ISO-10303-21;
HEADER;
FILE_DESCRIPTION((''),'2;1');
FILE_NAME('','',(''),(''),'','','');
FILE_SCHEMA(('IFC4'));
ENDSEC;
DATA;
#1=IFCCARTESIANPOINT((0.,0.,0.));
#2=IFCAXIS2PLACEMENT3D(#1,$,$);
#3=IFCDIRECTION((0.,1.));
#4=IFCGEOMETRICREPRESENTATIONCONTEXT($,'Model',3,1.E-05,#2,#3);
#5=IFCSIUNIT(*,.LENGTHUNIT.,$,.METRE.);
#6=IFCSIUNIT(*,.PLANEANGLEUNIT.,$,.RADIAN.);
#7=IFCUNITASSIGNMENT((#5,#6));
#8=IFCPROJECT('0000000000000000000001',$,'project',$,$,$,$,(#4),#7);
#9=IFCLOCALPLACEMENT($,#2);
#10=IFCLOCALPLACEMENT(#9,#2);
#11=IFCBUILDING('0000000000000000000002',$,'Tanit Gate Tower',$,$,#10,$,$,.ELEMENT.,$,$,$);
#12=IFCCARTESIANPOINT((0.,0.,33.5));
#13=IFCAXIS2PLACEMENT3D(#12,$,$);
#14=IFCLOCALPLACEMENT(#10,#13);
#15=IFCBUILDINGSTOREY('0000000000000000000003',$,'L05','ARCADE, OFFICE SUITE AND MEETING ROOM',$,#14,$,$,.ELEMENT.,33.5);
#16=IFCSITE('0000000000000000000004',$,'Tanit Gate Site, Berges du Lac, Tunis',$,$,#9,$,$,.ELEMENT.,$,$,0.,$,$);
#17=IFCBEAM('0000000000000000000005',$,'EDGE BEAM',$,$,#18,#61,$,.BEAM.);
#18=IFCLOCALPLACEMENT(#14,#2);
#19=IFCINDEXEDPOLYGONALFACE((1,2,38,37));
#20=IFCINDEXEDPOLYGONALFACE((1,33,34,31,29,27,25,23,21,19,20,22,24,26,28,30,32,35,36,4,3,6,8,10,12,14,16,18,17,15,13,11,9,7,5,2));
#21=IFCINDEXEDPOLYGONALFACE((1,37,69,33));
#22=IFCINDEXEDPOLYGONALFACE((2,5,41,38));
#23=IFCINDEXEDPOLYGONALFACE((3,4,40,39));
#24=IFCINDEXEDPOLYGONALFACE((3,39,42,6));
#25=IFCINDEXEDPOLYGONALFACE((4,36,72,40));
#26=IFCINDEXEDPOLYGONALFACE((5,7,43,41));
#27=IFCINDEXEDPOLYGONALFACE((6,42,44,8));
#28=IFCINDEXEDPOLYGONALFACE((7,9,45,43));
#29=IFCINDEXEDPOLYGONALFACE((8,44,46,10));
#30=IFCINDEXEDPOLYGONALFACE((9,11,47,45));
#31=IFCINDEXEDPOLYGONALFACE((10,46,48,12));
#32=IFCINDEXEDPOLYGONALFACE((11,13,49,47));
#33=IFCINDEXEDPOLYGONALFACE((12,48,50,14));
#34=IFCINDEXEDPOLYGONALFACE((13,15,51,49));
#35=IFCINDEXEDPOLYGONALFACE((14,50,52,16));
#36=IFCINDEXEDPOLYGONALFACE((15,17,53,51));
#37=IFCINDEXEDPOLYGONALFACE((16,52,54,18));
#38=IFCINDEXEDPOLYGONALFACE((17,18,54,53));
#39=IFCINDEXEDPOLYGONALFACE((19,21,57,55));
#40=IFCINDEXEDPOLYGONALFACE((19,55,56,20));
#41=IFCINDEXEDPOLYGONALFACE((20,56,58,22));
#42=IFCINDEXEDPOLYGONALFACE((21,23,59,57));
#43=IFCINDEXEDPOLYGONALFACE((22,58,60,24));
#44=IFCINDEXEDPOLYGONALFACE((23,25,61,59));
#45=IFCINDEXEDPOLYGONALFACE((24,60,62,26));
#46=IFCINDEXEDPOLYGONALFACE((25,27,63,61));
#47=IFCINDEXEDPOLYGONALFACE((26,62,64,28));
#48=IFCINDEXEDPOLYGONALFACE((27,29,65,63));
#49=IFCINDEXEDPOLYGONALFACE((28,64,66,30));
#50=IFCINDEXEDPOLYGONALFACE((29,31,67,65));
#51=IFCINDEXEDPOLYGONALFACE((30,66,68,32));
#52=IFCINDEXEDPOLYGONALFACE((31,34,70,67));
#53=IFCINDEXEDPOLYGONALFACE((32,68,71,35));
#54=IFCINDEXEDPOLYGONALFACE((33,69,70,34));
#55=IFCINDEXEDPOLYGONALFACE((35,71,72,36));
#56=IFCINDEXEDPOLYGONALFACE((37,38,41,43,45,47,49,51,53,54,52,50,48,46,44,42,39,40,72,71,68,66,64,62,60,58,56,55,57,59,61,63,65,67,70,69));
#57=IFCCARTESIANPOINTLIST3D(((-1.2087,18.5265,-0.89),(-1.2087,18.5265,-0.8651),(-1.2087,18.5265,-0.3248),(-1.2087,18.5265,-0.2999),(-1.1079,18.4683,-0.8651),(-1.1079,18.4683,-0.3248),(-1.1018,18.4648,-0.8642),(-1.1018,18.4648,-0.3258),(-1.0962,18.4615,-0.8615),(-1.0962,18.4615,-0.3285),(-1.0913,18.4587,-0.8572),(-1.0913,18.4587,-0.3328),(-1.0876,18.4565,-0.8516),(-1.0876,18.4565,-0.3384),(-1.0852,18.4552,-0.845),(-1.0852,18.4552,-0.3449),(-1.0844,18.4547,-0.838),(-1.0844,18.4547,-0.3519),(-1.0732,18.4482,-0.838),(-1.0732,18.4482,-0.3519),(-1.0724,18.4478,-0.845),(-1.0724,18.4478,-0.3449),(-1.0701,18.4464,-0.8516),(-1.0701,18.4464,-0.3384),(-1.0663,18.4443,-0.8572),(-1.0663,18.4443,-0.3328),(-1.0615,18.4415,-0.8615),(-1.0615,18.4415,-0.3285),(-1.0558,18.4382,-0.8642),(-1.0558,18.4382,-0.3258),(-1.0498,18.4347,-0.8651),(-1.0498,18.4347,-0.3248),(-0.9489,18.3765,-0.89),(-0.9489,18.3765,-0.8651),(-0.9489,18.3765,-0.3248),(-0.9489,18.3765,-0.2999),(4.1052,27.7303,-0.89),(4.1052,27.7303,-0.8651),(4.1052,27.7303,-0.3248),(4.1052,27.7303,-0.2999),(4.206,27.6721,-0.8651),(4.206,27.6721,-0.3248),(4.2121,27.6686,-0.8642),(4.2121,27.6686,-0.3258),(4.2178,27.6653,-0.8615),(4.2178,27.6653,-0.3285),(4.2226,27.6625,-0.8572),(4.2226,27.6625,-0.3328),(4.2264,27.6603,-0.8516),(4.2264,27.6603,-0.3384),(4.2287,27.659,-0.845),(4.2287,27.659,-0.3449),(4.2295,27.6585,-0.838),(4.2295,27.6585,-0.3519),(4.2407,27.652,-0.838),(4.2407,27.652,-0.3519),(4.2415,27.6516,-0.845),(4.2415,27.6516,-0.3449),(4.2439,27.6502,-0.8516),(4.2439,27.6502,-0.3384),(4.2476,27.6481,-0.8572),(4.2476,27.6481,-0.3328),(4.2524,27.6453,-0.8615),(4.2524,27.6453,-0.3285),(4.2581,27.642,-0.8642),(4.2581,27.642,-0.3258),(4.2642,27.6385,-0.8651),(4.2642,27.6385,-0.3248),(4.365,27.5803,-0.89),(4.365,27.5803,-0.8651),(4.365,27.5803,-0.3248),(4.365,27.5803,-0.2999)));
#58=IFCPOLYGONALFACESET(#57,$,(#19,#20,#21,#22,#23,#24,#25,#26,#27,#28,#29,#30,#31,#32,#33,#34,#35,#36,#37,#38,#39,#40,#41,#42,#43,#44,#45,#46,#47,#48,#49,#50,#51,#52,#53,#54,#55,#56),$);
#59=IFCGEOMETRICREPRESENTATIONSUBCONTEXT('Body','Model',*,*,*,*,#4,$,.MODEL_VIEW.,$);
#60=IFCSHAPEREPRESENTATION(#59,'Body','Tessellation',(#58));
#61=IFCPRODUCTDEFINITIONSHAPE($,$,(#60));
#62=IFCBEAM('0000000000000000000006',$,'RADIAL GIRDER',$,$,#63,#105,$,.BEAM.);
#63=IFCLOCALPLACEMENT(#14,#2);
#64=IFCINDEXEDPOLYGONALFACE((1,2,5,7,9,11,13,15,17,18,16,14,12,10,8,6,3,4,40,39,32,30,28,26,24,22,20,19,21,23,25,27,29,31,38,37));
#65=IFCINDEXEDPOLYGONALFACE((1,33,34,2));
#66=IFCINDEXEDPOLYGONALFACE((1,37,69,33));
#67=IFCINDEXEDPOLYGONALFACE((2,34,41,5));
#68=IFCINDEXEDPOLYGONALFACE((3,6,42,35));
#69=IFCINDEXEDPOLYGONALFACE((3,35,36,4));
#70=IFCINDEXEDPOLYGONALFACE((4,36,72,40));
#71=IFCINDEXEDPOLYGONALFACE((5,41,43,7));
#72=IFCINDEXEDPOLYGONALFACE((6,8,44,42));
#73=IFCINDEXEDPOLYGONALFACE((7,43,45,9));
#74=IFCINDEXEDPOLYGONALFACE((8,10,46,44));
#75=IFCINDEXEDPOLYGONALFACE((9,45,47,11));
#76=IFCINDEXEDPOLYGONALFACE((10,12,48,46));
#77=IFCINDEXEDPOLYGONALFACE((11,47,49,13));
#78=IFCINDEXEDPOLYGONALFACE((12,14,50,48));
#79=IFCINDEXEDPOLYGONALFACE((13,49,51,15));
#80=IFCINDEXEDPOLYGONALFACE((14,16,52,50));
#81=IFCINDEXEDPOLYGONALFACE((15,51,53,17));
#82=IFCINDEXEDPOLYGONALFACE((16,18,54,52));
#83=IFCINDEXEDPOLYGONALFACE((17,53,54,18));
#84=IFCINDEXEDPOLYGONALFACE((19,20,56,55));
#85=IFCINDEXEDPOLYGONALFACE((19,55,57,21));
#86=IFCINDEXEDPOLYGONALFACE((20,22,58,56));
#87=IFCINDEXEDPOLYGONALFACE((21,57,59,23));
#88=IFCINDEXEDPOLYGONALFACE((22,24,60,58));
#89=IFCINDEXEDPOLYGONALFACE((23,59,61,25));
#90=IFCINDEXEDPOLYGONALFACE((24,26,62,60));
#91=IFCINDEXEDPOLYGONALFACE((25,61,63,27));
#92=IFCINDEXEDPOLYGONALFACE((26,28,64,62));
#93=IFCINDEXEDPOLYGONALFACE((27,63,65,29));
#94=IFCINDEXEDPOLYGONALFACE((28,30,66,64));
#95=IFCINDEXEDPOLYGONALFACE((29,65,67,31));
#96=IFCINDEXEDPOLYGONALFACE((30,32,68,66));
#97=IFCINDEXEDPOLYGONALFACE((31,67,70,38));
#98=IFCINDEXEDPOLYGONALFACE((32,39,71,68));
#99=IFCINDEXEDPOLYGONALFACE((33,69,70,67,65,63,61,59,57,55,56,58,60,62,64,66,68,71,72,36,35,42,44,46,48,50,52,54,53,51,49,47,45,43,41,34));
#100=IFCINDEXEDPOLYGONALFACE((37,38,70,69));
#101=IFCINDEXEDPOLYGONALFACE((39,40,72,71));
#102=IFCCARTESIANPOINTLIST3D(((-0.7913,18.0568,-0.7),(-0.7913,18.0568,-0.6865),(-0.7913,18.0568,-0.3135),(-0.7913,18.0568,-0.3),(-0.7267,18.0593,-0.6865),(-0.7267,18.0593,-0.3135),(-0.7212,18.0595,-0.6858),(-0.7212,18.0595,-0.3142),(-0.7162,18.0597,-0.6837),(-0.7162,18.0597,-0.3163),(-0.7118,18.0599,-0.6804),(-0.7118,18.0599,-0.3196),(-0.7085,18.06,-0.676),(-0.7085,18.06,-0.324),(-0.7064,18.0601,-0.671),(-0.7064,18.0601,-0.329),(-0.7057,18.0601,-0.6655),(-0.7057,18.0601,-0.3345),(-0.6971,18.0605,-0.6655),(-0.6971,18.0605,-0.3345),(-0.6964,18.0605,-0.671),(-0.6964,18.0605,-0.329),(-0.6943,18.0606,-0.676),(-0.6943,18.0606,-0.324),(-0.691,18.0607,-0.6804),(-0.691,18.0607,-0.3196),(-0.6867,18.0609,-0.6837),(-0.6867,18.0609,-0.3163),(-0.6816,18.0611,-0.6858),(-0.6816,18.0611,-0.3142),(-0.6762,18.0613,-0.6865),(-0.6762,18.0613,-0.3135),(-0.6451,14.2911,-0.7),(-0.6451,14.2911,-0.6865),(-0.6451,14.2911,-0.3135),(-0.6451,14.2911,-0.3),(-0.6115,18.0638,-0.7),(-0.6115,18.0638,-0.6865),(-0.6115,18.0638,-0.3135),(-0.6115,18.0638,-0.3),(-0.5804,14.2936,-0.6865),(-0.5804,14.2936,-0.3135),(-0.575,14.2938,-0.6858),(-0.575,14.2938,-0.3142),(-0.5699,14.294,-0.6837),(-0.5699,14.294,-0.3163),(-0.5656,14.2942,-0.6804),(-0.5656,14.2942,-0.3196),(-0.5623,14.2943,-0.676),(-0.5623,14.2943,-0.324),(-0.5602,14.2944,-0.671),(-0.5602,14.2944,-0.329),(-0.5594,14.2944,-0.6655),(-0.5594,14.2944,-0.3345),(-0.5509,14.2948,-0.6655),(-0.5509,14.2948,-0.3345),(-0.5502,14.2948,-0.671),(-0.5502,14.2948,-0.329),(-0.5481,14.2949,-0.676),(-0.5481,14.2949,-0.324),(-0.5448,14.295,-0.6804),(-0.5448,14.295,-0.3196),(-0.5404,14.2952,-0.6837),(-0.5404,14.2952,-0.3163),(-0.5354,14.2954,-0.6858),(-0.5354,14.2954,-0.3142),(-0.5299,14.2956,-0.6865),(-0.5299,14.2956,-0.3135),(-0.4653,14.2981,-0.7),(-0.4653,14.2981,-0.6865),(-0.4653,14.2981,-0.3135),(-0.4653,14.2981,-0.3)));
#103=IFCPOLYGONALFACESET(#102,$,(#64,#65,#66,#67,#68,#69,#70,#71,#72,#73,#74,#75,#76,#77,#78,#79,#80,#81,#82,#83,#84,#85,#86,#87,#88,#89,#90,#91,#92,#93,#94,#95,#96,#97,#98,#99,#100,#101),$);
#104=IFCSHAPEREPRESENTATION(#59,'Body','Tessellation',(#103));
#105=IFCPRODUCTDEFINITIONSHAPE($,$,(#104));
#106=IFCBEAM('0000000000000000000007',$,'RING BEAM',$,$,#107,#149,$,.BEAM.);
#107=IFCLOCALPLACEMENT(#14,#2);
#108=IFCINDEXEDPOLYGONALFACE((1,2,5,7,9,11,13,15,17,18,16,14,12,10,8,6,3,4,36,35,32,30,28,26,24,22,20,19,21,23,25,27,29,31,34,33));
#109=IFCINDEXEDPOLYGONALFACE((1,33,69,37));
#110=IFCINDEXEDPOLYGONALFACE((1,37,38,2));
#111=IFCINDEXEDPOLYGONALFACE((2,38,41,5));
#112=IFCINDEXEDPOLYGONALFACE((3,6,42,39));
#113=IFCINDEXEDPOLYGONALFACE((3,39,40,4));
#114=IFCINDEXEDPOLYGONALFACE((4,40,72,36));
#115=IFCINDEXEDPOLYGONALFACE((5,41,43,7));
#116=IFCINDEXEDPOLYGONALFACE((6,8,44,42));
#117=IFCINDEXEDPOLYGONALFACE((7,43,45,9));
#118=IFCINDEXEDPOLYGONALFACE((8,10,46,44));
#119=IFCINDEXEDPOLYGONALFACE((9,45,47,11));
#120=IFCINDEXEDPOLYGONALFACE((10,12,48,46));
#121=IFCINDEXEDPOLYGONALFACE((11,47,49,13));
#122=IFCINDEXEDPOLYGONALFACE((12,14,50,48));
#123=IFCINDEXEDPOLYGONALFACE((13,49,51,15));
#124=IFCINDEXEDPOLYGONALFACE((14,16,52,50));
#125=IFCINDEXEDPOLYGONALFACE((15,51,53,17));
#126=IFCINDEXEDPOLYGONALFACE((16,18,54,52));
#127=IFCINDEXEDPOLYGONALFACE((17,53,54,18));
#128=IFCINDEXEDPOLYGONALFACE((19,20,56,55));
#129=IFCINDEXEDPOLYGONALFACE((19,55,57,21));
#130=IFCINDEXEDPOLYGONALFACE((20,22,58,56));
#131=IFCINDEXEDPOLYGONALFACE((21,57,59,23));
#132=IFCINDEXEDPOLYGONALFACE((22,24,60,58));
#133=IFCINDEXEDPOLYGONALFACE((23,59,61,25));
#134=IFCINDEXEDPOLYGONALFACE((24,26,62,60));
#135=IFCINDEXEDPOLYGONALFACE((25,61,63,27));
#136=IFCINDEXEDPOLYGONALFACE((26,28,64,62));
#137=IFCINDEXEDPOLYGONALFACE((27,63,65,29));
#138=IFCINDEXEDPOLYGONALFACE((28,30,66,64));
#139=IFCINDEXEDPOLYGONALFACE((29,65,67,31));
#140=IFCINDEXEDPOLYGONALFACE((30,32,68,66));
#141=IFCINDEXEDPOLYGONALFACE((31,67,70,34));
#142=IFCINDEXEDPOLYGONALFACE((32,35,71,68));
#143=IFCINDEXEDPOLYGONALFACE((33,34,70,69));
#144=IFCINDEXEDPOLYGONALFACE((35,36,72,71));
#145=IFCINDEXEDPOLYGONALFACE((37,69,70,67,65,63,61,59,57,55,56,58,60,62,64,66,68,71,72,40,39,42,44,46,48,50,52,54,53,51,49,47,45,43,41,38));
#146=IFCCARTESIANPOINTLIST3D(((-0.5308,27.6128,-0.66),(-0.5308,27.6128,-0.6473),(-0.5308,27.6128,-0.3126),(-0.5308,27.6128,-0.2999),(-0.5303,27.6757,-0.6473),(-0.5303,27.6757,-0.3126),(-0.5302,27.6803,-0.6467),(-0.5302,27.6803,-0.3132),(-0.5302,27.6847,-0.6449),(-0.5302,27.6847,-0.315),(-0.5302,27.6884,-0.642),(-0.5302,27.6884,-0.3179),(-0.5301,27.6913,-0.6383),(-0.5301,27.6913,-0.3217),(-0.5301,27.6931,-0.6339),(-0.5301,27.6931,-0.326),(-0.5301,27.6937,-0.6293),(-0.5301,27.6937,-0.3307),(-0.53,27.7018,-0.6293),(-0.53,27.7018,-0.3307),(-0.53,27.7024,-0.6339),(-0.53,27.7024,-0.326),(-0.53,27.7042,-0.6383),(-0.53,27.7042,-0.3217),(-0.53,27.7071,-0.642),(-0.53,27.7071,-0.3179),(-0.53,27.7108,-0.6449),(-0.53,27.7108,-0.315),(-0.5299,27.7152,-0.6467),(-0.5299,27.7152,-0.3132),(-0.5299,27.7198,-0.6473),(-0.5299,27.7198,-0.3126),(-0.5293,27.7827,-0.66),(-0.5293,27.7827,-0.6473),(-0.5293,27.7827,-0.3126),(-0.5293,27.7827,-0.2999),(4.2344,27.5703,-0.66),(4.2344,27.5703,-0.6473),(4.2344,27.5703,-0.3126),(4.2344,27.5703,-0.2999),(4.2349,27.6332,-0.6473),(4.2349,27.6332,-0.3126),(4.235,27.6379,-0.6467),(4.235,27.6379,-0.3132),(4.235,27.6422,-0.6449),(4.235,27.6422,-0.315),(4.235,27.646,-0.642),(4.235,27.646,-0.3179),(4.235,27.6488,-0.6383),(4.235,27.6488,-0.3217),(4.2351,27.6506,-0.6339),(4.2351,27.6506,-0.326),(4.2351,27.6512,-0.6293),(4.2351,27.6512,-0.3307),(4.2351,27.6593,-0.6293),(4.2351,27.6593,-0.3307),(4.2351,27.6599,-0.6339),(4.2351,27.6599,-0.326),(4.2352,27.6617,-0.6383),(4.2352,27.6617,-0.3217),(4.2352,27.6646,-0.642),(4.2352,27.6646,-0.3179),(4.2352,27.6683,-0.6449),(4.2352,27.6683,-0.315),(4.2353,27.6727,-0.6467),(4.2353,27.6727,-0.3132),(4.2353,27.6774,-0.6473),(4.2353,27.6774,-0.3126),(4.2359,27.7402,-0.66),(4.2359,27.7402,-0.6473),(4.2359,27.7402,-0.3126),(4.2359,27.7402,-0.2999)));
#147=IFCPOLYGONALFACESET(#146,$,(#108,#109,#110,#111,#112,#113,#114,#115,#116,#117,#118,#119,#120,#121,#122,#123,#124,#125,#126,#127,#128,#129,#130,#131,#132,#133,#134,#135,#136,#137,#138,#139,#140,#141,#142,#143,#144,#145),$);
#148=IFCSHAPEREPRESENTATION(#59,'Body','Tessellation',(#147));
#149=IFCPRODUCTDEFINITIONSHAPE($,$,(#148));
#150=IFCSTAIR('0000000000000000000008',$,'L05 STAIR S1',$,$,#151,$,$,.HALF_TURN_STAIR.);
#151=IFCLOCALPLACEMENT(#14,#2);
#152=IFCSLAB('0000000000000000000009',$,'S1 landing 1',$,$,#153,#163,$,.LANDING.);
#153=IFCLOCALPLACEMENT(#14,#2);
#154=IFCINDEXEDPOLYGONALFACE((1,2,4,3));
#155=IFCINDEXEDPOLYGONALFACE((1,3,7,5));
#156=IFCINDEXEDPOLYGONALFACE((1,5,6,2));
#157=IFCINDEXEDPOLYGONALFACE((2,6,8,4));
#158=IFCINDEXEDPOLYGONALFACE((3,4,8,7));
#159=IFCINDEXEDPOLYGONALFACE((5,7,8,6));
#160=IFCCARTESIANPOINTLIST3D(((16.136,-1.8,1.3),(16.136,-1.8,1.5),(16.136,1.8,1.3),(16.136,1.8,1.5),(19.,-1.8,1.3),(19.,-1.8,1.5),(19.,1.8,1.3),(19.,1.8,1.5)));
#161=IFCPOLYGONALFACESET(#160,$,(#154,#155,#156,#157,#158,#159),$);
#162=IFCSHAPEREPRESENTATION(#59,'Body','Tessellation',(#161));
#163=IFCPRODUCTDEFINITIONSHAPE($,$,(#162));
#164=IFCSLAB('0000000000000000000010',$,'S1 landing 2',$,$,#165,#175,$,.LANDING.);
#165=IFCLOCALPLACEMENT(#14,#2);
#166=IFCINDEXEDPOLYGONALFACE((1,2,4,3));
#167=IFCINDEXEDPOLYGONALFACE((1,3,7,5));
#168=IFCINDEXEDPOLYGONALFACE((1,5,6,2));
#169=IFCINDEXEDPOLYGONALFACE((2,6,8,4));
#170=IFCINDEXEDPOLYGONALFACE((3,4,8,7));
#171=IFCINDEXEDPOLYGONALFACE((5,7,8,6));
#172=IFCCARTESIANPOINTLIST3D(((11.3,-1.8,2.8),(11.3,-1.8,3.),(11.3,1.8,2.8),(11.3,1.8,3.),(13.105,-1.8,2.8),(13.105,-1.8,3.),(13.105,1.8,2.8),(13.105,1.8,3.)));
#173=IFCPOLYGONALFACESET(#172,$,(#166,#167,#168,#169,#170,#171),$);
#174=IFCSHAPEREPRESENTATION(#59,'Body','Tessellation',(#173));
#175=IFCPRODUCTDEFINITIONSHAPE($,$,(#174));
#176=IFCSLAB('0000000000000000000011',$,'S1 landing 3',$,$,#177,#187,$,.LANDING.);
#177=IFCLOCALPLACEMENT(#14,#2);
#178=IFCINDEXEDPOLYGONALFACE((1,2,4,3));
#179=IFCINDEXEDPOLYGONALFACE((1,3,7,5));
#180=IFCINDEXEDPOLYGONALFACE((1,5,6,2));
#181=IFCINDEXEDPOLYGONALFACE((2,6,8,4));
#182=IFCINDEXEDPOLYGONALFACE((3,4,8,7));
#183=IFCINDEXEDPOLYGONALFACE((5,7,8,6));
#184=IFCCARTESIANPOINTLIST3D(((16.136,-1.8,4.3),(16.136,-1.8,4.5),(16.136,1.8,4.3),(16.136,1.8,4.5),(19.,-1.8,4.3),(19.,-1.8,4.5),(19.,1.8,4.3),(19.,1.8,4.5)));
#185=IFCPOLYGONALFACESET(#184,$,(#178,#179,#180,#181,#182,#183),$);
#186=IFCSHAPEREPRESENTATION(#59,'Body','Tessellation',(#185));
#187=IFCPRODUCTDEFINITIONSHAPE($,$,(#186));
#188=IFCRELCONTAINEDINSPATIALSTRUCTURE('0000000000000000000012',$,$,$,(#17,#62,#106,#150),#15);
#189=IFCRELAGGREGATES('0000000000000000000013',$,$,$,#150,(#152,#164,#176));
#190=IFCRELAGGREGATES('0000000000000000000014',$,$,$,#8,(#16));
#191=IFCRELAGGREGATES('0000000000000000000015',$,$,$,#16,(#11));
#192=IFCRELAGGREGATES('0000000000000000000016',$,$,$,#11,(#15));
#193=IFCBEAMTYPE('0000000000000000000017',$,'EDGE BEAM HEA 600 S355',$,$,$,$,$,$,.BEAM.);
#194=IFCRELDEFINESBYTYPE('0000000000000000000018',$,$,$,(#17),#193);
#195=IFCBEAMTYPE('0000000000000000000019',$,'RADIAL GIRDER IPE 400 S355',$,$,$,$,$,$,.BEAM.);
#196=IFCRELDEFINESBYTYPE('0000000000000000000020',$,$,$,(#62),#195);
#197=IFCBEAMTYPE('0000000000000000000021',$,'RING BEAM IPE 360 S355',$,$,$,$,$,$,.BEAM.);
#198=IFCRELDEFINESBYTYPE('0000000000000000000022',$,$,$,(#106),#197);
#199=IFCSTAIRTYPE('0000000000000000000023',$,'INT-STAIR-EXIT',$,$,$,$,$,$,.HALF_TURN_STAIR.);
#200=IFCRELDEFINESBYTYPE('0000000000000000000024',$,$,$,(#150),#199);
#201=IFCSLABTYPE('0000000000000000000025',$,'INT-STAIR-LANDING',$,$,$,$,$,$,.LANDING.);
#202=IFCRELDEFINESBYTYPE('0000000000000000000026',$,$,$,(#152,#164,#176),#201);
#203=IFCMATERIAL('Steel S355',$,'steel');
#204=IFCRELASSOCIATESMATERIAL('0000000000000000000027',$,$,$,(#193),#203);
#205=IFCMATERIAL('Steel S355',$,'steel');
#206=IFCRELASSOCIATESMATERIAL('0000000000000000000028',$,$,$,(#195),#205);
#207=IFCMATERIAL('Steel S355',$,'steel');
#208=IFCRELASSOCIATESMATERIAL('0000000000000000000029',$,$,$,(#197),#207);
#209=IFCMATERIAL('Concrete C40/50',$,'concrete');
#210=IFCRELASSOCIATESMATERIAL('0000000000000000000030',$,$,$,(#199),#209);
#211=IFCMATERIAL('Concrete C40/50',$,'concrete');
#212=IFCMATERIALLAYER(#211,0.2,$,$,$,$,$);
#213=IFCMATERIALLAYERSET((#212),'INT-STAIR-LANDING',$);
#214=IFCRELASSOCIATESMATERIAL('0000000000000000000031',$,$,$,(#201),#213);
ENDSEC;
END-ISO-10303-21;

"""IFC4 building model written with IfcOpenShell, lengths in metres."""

from ifc_helpers import new_model, si_unit, direction, frame, origin, origin_2d, place, context, subcontext, project, spatial, polyline, i_section, outline, extrude, material, layer, layer_set, material_profile, profile_set, type_object, element, aggregate, save


model = new_model("IFC4")

# Units and contexts
model_context = context("Model", 3, precision=1e-05, world=origin(), true_north=direction((0.0, 1.0)))
body_context = subcontext(model_context, "Body", "Model", "MODEL_VIEW")
ifc_project = project(units=[si_unit("LENGTHUNIT", "METRE"), si_unit("PLANEANGLEUNIT", "RADIAN")], contexts=[model_context])

# Site, building, storey
site_placement = place(None, origin())
site = spatial("IfcSite", under=ifc_project, at=site_placement, Name="Tanit Gate Site, Berges du Lac, Tunis", CompositionType="ELEMENT", RefElevation=0.0)
building_placement = place(site_placement, origin())
building = spatial("IfcBuilding", under=site, at=building_placement, Name="Tanit Gate Tower", CompositionType="ELEMENT")
storey_placement = place(building_placement, frame((0.0, 0.0, 33.5)))
storey = spatial("IfcBuildingStorey", under=building, at=storey_placement, Name="L05", Description="ARCADE, OFFICE SUITE AND MEETING ROOM", CompositionType="ELEMENT", Elevation=33.5)

# Beams
ifc_material_1 = material(Name="Steel S355", Category="steel")
ifc_material_profile_1 = material_profile(ifc_material_1, i_section(OverallWidth=0.3, OverallDepth=0.5901, WebThickness=0.0129, FlangeThickness=0.0249, FilletRadius=0.0271, at=origin_2d()), Name="HEA 600")
ifc_profile_set_1 = profile_set([ifc_material_profile_1], Name="Steel S355")
beam_type_1 = type_object("IfcBeamType", Name="EDGE BEAM HEA 600 S355", PredefinedType="BEAM", material=ifc_profile_set_1)
beam_1_placement = place(storey_placement, frame((4.2351, 27.6553, -0.595), z_axis=(-0.500008, -0.866021, 0.0), x_axis=(0.866021, -0.500008, 0.0)))
element("IfcBeam", 1, at=beam_1_placement, inside=storey, type_object=beam_type_1, Name="EDGE BEAM", PredefinedType="BEAM", context=body_context, shape_type="SweptSolid", body=[
    extrude(i_section(OverallWidth=0.3, OverallDepth=0.5901, WebThickness=0.0129, FlangeThickness=0.0249, FilletRadius=0.0271, at=origin_2d()), origin(), (0.0, 0.0, 1.0), 10.6277),
])
ifc_material_2 = material(Name="Steel S355", Category="steel")
ifc_material_profile_2 = material_profile(ifc_material_2, i_section(OverallWidth=0.1799, OverallDepth=0.3999, WebThickness=0.0085, FlangeThickness=0.0134, FilletRadius=0.021, at=origin_2d()), Name="IPE 400")
ifc_profile_set_2 = profile_set([ifc_material_profile_2], Name="Steel S355")
beam_type_2 = type_object("IfcBeamType", Name="RADIAL GIRDER IPE 400 S355", PredefinedType="BEAM", material=ifc_profile_set_2)
beam_2_placement = place(storey_placement, frame((-0.7014, 18.0603, -0.5), z_axis=(0.038806, -0.999247, 0.0), x_axis=(0.999247, 0.038806, 0.0)))
element("IfcBeam", 2, at=beam_2_placement, inside=storey, type_object=beam_type_2, Name="RADIAL GIRDER", PredefinedType="BEAM", context=body_context, shape_type="SweptSolid", body=[
    extrude(i_section(OverallWidth=0.1799, OverallDepth=0.3999, WebThickness=0.0085, FlangeThickness=0.0134, FilletRadius=0.021, at=origin_2d()), origin(), (0.0, 0.0, 1.0), 3.7686),
])
ifc_material_3 = material(Name="Steel S355", Category="steel")
ifc_material_profile_3 = material_profile(ifc_material_3, i_section(OverallWidth=0.1699, OverallDepth=0.3601, WebThickness=0.0081, FlangeThickness=0.0127, FilletRadius=0.0181, at=origin_2d()), Name="IPE 360")
ifc_profile_set_3 = profile_set([ifc_material_profile_3], Name="Steel S355")
beam_type_3 = type_object("IfcBeamType", Name="RING BEAM IPE 360 S355", PredefinedType="BEAM", material=ifc_profile_set_3)
beam_3_placement = place(storey_placement, frame((4.2351, 27.6553, -0.48), z_axis=(-0.99996, 0.008914, 0.0), x_axis=(-0.008914, -0.99996, 0.0)))
element("IfcBeam", 3, at=beam_3_placement, inside=storey, type_object=beam_type_3, Name="RING BEAM", PredefinedType="BEAM", context=body_context, shape_type="SweptSolid", body=[
    extrude(i_section(OverallWidth=0.1699, OverallDepth=0.3601, WebThickness=0.0081, FlangeThickness=0.0127, FilletRadius=0.0181, at=origin_2d()), origin(), (0.0, 0.0, 1.0), 4.7654),
])

# Stair, slabs
ifc_material_4 = material(Name="Concrete C40/50", Category="concrete")
stair_type = type_object("IfcStairType", Name="INT-STAIR-EXIT", PredefinedType="HALF_TURN_STAIR", material=ifc_material_4)
stair_1_placement = place(storey_placement, origin())
stair_1 = element("IfcStair", 4, at=stair_1_placement, inside=storey, type_object=stair_type, Name="L05 STAIR S1", PredefinedType="HALF_TURN_STAIR")
ifc_material_5 = material(Name="Concrete C40/50", Category="concrete")
ifc_layer_1 = layer(ifc_material_5, 0.2)
ifc_layer_set_1 = layer_set([ifc_layer_1], Name="INT-STAIR-LANDING")
slab_type = type_object("IfcSlabType", Name="INT-STAIR-LANDING", PredefinedType="LANDING", material=ifc_layer_set_1)
slab_1_placement = place(storey_placement, frame((0.0, 0.0, 1.3)))
slab_1 = element("IfcSlab", 5, at=slab_1_placement, type_object=slab_type, Name="S1 landing 1", PredefinedType="LANDING", context=body_context, shape_type="SweptSolid", body=[
    extrude(outline(polyline([(16.136, -1.8), (19.0, -1.8), (19.0, 1.8), (16.136, 1.8), (16.136, -1.8)])), origin(), (0.0, 0.0, 1.0), 0.2),
])
slab_2_placement = place(storey_placement, frame((0.0, 0.0, 2.8)))
slab_2 = element("IfcSlab", 6, at=slab_2_placement, type_object=slab_type, Name="S1 landing 2", PredefinedType="LANDING", context=body_context, shape_type="SweptSolid", body=[
    extrude(outline(polyline([(11.3, -1.8), (13.105, -1.8), (13.105, 1.8), (11.3, 1.8), (11.3, -1.8)])), origin(), (0.0, 0.0, 1.0), 0.2),
])
slab_3_placement = place(storey_placement, frame((0.0, 0.0, 4.3)))
slab_3 = element("IfcSlab", 7, at=slab_3_placement, type_object=slab_type, Name="S1 landing 3", PredefinedType="LANDING", context=body_context, shape_type="SweptSolid", body=[
    extrude(outline(polyline([(16.136, -1.8), (19.0, -1.8), (19.0, 1.8), (16.136, 1.8), (16.136, -1.8)])), origin(), (0.0, 0.0, 1.0), 0.2),
])
aggregate(stair_1, [slab_1, slab_2, slab_3])

save(model, "model.ifc")
